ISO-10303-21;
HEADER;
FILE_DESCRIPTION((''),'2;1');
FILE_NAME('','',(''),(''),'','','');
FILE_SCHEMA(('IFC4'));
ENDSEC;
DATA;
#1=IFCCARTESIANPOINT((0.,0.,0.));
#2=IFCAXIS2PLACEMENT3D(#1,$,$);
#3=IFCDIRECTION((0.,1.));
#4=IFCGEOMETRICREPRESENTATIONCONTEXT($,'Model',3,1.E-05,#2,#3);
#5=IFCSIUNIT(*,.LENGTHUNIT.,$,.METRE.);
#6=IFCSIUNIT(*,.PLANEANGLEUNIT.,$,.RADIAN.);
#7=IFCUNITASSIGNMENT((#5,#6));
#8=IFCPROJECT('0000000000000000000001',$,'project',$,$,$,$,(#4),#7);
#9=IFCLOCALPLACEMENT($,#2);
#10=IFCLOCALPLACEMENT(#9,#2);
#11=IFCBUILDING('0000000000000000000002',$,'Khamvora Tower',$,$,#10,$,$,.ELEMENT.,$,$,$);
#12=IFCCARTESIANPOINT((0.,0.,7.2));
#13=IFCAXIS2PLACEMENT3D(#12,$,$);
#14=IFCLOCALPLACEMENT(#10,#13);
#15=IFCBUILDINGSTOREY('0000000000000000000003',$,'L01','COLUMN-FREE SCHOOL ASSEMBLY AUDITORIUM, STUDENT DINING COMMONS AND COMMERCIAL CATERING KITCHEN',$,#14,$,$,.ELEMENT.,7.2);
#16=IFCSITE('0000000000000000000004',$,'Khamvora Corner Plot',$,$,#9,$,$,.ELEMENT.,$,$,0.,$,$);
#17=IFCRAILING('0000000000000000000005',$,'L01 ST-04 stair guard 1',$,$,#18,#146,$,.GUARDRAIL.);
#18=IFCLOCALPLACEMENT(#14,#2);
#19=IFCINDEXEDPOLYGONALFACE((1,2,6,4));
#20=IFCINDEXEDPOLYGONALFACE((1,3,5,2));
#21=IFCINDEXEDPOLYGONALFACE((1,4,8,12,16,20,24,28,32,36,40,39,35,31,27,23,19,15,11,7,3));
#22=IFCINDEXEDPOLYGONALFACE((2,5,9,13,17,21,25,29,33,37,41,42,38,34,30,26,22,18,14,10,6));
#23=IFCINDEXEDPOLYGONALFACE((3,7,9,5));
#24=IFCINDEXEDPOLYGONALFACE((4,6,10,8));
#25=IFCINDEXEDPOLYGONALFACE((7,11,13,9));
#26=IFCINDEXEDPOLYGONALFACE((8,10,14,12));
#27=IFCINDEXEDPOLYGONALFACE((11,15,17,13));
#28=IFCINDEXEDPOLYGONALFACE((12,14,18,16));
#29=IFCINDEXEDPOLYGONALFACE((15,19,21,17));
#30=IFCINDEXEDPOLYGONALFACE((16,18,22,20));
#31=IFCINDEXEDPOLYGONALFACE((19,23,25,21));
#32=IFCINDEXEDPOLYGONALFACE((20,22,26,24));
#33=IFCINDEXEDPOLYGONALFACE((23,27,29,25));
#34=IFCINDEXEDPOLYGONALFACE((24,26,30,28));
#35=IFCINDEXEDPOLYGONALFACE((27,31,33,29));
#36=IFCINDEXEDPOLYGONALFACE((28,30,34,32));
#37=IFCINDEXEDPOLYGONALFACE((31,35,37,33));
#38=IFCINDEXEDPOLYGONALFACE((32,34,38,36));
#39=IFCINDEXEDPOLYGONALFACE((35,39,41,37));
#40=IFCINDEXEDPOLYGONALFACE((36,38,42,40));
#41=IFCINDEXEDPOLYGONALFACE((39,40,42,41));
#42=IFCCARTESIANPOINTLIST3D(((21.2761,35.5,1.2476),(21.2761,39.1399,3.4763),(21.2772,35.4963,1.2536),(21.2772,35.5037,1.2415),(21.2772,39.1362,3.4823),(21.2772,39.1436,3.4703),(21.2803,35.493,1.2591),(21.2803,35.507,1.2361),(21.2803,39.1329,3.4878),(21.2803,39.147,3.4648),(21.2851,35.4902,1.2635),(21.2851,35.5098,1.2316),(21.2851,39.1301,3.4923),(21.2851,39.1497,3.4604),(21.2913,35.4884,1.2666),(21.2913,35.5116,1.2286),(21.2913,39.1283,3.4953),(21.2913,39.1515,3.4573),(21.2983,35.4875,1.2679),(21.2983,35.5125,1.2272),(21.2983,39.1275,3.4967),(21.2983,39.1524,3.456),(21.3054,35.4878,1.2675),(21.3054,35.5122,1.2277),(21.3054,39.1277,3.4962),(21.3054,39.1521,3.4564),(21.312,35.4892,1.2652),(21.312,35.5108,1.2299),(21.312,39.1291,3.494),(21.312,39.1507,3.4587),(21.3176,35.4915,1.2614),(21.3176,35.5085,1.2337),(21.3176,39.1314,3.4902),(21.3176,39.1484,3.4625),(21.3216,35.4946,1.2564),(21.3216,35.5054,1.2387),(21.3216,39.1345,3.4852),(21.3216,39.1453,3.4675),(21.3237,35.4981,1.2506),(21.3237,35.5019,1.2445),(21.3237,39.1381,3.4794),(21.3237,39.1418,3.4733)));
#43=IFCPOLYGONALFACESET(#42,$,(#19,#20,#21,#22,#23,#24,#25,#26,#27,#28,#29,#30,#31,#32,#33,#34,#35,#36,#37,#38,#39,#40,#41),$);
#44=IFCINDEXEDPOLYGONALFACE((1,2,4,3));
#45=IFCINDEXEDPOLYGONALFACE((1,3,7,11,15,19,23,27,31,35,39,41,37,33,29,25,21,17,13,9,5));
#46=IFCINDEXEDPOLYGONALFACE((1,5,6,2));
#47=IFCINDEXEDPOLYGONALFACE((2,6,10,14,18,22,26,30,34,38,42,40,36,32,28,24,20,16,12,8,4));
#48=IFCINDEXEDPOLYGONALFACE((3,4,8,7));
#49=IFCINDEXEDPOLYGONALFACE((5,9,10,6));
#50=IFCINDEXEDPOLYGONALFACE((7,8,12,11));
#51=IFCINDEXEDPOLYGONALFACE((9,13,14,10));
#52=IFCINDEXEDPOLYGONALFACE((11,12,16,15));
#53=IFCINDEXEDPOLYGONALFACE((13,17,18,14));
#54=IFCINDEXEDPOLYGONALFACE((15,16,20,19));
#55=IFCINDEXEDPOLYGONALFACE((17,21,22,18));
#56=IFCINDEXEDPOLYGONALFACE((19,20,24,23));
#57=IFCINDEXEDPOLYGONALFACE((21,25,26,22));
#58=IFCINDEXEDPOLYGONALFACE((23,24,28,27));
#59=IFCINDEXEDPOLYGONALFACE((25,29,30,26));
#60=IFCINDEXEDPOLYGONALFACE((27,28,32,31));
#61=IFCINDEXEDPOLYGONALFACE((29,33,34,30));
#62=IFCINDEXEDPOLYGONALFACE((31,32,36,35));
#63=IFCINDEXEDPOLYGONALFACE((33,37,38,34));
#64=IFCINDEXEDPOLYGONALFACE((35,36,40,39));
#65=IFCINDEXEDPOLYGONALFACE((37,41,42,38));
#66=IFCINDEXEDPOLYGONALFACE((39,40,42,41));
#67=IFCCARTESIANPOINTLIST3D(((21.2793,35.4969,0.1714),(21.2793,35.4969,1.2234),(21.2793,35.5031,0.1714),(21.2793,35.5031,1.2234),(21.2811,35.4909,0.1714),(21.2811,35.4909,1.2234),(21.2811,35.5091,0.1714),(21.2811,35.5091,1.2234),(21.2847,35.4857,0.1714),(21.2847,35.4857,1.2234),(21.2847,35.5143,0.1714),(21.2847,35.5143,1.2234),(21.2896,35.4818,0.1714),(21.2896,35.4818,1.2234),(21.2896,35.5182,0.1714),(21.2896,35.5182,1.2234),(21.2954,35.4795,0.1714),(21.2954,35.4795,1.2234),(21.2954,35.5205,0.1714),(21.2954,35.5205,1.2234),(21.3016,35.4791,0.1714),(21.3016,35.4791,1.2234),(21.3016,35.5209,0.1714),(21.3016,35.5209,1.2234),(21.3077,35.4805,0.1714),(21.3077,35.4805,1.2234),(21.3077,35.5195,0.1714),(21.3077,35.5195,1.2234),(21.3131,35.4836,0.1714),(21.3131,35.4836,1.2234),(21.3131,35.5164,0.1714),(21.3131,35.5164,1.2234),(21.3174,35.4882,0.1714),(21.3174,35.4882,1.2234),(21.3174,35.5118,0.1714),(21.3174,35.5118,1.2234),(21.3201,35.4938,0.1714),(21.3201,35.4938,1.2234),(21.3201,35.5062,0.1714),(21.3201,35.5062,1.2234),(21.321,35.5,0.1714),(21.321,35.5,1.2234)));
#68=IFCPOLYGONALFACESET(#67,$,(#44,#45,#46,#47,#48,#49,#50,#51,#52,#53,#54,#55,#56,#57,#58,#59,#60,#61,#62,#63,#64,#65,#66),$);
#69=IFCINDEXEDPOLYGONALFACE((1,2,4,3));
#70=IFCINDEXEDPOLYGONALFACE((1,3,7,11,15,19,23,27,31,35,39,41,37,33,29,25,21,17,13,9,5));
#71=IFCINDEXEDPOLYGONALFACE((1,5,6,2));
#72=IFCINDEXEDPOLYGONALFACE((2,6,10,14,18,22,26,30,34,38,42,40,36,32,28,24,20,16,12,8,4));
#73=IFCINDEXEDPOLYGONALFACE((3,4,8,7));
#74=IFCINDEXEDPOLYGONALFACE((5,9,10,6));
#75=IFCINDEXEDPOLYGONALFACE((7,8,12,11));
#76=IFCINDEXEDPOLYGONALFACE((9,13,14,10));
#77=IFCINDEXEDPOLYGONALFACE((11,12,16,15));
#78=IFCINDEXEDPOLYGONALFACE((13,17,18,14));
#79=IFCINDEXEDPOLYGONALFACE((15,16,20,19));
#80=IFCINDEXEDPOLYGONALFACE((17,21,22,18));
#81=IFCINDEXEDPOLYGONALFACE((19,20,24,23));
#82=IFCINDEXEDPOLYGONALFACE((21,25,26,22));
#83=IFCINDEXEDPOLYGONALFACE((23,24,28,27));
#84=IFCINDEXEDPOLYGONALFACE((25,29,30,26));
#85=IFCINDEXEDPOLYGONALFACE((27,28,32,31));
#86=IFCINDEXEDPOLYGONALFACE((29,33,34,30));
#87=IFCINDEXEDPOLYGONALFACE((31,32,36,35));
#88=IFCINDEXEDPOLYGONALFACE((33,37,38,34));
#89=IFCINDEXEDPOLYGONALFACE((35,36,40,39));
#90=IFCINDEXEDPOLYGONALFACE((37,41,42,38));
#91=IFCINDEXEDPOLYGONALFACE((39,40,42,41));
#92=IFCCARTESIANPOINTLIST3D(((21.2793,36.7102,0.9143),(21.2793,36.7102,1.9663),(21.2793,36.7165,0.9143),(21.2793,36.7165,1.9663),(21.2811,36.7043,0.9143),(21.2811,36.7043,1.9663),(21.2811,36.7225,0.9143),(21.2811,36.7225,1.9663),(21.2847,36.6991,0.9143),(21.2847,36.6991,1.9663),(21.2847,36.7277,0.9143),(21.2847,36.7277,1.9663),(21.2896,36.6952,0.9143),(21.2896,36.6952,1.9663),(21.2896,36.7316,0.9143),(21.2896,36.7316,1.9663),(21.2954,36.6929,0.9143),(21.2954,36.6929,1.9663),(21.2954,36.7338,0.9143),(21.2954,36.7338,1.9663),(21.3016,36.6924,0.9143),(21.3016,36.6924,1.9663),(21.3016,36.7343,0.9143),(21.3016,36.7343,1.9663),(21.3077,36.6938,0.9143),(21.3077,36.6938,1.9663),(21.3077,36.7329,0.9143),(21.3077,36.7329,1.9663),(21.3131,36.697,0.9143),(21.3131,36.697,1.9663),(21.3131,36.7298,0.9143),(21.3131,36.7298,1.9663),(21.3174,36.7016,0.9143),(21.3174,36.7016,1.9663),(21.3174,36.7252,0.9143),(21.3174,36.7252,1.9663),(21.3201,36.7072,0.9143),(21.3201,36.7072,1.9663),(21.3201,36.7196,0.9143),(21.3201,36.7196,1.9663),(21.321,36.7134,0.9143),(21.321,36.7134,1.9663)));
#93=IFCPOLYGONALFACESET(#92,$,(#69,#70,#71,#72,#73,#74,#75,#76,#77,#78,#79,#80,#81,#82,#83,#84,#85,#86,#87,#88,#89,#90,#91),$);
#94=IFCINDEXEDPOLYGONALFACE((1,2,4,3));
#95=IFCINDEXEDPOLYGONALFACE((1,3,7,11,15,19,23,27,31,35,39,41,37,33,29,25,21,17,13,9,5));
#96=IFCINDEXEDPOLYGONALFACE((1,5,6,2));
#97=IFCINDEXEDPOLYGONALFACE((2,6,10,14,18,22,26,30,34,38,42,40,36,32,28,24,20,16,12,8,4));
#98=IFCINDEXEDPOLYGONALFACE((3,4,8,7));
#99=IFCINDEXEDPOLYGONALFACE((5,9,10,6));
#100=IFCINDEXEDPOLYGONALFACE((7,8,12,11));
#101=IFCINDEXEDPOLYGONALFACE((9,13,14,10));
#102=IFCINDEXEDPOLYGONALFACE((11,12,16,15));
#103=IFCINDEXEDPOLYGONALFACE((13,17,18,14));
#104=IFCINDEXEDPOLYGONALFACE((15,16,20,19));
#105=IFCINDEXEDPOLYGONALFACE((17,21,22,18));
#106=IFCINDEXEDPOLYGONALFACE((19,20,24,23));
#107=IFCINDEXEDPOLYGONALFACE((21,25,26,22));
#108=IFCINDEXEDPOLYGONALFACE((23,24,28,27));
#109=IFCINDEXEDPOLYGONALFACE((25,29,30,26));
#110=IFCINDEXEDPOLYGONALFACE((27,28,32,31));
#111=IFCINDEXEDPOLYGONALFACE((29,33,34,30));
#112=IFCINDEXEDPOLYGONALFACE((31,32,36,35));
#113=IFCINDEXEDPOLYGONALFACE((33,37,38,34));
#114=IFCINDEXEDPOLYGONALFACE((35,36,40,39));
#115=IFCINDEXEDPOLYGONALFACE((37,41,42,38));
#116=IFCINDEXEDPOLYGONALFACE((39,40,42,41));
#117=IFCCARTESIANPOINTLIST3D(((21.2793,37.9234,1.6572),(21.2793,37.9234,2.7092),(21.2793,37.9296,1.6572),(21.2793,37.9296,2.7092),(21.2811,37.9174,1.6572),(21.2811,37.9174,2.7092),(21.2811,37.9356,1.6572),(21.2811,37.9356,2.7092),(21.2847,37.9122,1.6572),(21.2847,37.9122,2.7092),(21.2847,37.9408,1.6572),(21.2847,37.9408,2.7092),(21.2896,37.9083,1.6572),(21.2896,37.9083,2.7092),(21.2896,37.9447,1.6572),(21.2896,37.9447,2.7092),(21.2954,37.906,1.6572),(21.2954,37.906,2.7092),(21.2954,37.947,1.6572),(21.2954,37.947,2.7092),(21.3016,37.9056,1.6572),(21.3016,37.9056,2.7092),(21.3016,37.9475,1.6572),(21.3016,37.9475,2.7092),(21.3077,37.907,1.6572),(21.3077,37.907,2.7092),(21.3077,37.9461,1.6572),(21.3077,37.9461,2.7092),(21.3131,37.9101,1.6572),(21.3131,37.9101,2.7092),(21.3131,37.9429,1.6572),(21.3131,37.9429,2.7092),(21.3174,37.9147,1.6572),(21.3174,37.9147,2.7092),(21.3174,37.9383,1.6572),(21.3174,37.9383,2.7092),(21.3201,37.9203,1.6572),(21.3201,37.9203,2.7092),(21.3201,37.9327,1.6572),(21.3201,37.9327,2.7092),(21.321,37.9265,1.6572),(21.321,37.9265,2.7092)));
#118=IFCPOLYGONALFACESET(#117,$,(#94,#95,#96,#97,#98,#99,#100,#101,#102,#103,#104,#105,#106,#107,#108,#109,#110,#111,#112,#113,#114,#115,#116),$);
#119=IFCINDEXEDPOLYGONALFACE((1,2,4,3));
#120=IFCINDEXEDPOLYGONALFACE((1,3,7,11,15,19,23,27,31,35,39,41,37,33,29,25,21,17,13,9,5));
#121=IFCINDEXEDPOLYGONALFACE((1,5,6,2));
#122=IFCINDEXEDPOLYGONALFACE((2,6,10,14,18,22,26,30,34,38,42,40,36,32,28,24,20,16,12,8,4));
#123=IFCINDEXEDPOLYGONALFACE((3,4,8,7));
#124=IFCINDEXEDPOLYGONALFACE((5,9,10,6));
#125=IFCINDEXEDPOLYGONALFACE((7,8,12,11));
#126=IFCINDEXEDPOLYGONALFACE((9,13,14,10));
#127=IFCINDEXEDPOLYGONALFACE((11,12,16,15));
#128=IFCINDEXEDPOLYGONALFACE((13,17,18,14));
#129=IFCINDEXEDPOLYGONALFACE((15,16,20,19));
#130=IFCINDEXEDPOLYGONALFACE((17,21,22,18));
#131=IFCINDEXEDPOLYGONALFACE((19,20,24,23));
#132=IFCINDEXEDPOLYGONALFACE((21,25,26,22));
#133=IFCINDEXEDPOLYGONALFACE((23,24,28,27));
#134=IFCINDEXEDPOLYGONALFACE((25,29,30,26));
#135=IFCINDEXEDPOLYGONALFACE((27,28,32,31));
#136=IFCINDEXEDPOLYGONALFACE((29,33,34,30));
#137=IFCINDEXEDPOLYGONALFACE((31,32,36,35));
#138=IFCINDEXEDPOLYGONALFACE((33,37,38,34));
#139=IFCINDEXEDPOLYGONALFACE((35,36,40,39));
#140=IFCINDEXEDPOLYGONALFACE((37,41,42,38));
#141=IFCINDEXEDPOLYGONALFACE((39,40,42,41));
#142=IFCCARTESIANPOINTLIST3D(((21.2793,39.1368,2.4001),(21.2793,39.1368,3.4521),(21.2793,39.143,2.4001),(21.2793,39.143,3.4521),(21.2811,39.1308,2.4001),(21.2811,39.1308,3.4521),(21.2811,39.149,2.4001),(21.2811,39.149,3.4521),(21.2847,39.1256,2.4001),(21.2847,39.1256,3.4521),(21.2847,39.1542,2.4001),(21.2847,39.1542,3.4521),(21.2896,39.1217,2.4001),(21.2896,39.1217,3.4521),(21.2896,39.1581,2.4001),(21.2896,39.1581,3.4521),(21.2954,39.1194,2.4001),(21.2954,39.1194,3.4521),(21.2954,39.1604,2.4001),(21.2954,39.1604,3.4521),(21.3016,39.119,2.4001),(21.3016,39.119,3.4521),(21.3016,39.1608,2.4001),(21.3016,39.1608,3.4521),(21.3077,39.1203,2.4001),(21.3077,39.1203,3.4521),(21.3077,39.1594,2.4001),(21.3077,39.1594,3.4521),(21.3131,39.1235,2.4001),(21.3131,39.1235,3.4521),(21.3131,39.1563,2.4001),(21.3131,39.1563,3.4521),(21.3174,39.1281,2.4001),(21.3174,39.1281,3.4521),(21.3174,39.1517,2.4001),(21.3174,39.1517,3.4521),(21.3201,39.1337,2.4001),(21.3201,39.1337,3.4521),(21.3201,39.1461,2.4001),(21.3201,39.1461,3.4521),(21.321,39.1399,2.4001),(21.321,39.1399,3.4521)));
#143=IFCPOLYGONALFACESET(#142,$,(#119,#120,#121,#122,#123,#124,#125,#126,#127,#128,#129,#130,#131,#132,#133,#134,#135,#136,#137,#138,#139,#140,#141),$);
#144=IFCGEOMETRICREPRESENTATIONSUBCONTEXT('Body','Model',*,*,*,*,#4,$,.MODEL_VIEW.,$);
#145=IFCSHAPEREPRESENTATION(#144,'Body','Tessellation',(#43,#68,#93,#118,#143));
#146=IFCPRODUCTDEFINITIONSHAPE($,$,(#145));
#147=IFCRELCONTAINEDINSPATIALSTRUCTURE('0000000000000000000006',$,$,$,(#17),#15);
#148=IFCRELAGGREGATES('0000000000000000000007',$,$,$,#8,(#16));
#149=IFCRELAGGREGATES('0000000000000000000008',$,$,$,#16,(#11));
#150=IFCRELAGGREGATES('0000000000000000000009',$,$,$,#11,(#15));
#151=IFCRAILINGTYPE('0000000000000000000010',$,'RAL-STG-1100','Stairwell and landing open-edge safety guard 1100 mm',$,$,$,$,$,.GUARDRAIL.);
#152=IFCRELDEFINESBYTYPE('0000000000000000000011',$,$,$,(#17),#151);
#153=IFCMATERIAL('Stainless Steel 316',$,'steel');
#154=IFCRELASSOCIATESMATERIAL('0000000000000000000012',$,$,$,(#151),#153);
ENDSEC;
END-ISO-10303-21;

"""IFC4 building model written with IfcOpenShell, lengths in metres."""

from ifc_helpers import new_model, si_unit, direction, frame, origin, origin_2d, place, context, subcontext, project, spatial, circle, extrude, material, type_object, element, save


model = new_model("IFC4")

# Units and contexts
model_context = context("Model", 3, precision=1e-05, world=origin(), true_north=direction((0.0, 1.0)))
body_context = subcontext(model_context, "Body", "Model", "MODEL_VIEW")
ifc_project = project(units=[si_unit("LENGTHUNIT", "METRE"), si_unit("PLANEANGLEUNIT", "RADIAN")], contexts=[model_context])

# Site, building, storey
site_placement = place(None, origin())
site = spatial("IfcSite", under=ifc_project, at=site_placement, Name="Khamvora Corner Plot", CompositionType="ELEMENT", RefElevation=0.0)
building_placement = place(site_placement, origin())
building = spatial("IfcBuilding", under=site, at=building_placement, Name="Khamvora Tower", CompositionType="ELEMENT")
storey_placement = place(building_placement, frame((0.0, 0.0, 7.2)))
storey = spatial("IfcBuildingStorey", under=building, at=storey_placement, Name="L01", Description="COLUMN-FREE SCHOOL ASSEMBLY AUDITORIUM, STUDENT DINING COMMONS AND COMMERCIAL CATERING KITCHEN", CompositionType="ELEMENT", Elevation=7.2)

# Railing
ifc_material_1 = material(Name="Stainless Steel 316", Category="steel")
railing_type_1 = type_object("IfcRailingType", Name="RAL-STG-1100", Description="Stairwell and landing open-edge safety guard 1100 mm", PredefinedType="GUARDRAIL", material=ifc_material_1)
railing_1_placement = place(storey_placement, frame((21.3, 35.5, 0.1714)))
element("IfcRailing", 1, at=railing_1_placement, inside=storey, type_object=railing_type_1, Name="L01 ST-04 stair guard 1", PredefinedType="GUARDRAIL", context=body_context, shape_type="SweptSolid", body=[
    extrude(circle(Radius=0.0239, at=origin_2d()), frame((0.0, 0.0, 1.0762), z_axis=(0.0, 0.852825, 0.522197), x_axis=(-1.0, 0.0, 0.0)), (0.0, 0.0, 1.0), 4.2681),
    extrude(circle(Radius=0.021, at=origin_2d()), origin(), (0.0, 0.0, 1.0), 1.052),
    extrude(circle(Radius=0.021, at=origin_2d()), frame((0.0, 1.2134, 0.7429)), (0.0, 0.0, 1.0), 1.052),
    extrude(circle(Radius=0.021, at=origin_2d()), frame((0.0, 2.4265, 1.4858)), (0.0, 0.0, 1.0), 1.052),
    extrude(circle(Radius=0.021, at=origin_2d()), frame((0.0, 3.6399, 2.2288)), (0.0, 0.0, 1.0), 1.052),
])

save(model, "model.ifc")
